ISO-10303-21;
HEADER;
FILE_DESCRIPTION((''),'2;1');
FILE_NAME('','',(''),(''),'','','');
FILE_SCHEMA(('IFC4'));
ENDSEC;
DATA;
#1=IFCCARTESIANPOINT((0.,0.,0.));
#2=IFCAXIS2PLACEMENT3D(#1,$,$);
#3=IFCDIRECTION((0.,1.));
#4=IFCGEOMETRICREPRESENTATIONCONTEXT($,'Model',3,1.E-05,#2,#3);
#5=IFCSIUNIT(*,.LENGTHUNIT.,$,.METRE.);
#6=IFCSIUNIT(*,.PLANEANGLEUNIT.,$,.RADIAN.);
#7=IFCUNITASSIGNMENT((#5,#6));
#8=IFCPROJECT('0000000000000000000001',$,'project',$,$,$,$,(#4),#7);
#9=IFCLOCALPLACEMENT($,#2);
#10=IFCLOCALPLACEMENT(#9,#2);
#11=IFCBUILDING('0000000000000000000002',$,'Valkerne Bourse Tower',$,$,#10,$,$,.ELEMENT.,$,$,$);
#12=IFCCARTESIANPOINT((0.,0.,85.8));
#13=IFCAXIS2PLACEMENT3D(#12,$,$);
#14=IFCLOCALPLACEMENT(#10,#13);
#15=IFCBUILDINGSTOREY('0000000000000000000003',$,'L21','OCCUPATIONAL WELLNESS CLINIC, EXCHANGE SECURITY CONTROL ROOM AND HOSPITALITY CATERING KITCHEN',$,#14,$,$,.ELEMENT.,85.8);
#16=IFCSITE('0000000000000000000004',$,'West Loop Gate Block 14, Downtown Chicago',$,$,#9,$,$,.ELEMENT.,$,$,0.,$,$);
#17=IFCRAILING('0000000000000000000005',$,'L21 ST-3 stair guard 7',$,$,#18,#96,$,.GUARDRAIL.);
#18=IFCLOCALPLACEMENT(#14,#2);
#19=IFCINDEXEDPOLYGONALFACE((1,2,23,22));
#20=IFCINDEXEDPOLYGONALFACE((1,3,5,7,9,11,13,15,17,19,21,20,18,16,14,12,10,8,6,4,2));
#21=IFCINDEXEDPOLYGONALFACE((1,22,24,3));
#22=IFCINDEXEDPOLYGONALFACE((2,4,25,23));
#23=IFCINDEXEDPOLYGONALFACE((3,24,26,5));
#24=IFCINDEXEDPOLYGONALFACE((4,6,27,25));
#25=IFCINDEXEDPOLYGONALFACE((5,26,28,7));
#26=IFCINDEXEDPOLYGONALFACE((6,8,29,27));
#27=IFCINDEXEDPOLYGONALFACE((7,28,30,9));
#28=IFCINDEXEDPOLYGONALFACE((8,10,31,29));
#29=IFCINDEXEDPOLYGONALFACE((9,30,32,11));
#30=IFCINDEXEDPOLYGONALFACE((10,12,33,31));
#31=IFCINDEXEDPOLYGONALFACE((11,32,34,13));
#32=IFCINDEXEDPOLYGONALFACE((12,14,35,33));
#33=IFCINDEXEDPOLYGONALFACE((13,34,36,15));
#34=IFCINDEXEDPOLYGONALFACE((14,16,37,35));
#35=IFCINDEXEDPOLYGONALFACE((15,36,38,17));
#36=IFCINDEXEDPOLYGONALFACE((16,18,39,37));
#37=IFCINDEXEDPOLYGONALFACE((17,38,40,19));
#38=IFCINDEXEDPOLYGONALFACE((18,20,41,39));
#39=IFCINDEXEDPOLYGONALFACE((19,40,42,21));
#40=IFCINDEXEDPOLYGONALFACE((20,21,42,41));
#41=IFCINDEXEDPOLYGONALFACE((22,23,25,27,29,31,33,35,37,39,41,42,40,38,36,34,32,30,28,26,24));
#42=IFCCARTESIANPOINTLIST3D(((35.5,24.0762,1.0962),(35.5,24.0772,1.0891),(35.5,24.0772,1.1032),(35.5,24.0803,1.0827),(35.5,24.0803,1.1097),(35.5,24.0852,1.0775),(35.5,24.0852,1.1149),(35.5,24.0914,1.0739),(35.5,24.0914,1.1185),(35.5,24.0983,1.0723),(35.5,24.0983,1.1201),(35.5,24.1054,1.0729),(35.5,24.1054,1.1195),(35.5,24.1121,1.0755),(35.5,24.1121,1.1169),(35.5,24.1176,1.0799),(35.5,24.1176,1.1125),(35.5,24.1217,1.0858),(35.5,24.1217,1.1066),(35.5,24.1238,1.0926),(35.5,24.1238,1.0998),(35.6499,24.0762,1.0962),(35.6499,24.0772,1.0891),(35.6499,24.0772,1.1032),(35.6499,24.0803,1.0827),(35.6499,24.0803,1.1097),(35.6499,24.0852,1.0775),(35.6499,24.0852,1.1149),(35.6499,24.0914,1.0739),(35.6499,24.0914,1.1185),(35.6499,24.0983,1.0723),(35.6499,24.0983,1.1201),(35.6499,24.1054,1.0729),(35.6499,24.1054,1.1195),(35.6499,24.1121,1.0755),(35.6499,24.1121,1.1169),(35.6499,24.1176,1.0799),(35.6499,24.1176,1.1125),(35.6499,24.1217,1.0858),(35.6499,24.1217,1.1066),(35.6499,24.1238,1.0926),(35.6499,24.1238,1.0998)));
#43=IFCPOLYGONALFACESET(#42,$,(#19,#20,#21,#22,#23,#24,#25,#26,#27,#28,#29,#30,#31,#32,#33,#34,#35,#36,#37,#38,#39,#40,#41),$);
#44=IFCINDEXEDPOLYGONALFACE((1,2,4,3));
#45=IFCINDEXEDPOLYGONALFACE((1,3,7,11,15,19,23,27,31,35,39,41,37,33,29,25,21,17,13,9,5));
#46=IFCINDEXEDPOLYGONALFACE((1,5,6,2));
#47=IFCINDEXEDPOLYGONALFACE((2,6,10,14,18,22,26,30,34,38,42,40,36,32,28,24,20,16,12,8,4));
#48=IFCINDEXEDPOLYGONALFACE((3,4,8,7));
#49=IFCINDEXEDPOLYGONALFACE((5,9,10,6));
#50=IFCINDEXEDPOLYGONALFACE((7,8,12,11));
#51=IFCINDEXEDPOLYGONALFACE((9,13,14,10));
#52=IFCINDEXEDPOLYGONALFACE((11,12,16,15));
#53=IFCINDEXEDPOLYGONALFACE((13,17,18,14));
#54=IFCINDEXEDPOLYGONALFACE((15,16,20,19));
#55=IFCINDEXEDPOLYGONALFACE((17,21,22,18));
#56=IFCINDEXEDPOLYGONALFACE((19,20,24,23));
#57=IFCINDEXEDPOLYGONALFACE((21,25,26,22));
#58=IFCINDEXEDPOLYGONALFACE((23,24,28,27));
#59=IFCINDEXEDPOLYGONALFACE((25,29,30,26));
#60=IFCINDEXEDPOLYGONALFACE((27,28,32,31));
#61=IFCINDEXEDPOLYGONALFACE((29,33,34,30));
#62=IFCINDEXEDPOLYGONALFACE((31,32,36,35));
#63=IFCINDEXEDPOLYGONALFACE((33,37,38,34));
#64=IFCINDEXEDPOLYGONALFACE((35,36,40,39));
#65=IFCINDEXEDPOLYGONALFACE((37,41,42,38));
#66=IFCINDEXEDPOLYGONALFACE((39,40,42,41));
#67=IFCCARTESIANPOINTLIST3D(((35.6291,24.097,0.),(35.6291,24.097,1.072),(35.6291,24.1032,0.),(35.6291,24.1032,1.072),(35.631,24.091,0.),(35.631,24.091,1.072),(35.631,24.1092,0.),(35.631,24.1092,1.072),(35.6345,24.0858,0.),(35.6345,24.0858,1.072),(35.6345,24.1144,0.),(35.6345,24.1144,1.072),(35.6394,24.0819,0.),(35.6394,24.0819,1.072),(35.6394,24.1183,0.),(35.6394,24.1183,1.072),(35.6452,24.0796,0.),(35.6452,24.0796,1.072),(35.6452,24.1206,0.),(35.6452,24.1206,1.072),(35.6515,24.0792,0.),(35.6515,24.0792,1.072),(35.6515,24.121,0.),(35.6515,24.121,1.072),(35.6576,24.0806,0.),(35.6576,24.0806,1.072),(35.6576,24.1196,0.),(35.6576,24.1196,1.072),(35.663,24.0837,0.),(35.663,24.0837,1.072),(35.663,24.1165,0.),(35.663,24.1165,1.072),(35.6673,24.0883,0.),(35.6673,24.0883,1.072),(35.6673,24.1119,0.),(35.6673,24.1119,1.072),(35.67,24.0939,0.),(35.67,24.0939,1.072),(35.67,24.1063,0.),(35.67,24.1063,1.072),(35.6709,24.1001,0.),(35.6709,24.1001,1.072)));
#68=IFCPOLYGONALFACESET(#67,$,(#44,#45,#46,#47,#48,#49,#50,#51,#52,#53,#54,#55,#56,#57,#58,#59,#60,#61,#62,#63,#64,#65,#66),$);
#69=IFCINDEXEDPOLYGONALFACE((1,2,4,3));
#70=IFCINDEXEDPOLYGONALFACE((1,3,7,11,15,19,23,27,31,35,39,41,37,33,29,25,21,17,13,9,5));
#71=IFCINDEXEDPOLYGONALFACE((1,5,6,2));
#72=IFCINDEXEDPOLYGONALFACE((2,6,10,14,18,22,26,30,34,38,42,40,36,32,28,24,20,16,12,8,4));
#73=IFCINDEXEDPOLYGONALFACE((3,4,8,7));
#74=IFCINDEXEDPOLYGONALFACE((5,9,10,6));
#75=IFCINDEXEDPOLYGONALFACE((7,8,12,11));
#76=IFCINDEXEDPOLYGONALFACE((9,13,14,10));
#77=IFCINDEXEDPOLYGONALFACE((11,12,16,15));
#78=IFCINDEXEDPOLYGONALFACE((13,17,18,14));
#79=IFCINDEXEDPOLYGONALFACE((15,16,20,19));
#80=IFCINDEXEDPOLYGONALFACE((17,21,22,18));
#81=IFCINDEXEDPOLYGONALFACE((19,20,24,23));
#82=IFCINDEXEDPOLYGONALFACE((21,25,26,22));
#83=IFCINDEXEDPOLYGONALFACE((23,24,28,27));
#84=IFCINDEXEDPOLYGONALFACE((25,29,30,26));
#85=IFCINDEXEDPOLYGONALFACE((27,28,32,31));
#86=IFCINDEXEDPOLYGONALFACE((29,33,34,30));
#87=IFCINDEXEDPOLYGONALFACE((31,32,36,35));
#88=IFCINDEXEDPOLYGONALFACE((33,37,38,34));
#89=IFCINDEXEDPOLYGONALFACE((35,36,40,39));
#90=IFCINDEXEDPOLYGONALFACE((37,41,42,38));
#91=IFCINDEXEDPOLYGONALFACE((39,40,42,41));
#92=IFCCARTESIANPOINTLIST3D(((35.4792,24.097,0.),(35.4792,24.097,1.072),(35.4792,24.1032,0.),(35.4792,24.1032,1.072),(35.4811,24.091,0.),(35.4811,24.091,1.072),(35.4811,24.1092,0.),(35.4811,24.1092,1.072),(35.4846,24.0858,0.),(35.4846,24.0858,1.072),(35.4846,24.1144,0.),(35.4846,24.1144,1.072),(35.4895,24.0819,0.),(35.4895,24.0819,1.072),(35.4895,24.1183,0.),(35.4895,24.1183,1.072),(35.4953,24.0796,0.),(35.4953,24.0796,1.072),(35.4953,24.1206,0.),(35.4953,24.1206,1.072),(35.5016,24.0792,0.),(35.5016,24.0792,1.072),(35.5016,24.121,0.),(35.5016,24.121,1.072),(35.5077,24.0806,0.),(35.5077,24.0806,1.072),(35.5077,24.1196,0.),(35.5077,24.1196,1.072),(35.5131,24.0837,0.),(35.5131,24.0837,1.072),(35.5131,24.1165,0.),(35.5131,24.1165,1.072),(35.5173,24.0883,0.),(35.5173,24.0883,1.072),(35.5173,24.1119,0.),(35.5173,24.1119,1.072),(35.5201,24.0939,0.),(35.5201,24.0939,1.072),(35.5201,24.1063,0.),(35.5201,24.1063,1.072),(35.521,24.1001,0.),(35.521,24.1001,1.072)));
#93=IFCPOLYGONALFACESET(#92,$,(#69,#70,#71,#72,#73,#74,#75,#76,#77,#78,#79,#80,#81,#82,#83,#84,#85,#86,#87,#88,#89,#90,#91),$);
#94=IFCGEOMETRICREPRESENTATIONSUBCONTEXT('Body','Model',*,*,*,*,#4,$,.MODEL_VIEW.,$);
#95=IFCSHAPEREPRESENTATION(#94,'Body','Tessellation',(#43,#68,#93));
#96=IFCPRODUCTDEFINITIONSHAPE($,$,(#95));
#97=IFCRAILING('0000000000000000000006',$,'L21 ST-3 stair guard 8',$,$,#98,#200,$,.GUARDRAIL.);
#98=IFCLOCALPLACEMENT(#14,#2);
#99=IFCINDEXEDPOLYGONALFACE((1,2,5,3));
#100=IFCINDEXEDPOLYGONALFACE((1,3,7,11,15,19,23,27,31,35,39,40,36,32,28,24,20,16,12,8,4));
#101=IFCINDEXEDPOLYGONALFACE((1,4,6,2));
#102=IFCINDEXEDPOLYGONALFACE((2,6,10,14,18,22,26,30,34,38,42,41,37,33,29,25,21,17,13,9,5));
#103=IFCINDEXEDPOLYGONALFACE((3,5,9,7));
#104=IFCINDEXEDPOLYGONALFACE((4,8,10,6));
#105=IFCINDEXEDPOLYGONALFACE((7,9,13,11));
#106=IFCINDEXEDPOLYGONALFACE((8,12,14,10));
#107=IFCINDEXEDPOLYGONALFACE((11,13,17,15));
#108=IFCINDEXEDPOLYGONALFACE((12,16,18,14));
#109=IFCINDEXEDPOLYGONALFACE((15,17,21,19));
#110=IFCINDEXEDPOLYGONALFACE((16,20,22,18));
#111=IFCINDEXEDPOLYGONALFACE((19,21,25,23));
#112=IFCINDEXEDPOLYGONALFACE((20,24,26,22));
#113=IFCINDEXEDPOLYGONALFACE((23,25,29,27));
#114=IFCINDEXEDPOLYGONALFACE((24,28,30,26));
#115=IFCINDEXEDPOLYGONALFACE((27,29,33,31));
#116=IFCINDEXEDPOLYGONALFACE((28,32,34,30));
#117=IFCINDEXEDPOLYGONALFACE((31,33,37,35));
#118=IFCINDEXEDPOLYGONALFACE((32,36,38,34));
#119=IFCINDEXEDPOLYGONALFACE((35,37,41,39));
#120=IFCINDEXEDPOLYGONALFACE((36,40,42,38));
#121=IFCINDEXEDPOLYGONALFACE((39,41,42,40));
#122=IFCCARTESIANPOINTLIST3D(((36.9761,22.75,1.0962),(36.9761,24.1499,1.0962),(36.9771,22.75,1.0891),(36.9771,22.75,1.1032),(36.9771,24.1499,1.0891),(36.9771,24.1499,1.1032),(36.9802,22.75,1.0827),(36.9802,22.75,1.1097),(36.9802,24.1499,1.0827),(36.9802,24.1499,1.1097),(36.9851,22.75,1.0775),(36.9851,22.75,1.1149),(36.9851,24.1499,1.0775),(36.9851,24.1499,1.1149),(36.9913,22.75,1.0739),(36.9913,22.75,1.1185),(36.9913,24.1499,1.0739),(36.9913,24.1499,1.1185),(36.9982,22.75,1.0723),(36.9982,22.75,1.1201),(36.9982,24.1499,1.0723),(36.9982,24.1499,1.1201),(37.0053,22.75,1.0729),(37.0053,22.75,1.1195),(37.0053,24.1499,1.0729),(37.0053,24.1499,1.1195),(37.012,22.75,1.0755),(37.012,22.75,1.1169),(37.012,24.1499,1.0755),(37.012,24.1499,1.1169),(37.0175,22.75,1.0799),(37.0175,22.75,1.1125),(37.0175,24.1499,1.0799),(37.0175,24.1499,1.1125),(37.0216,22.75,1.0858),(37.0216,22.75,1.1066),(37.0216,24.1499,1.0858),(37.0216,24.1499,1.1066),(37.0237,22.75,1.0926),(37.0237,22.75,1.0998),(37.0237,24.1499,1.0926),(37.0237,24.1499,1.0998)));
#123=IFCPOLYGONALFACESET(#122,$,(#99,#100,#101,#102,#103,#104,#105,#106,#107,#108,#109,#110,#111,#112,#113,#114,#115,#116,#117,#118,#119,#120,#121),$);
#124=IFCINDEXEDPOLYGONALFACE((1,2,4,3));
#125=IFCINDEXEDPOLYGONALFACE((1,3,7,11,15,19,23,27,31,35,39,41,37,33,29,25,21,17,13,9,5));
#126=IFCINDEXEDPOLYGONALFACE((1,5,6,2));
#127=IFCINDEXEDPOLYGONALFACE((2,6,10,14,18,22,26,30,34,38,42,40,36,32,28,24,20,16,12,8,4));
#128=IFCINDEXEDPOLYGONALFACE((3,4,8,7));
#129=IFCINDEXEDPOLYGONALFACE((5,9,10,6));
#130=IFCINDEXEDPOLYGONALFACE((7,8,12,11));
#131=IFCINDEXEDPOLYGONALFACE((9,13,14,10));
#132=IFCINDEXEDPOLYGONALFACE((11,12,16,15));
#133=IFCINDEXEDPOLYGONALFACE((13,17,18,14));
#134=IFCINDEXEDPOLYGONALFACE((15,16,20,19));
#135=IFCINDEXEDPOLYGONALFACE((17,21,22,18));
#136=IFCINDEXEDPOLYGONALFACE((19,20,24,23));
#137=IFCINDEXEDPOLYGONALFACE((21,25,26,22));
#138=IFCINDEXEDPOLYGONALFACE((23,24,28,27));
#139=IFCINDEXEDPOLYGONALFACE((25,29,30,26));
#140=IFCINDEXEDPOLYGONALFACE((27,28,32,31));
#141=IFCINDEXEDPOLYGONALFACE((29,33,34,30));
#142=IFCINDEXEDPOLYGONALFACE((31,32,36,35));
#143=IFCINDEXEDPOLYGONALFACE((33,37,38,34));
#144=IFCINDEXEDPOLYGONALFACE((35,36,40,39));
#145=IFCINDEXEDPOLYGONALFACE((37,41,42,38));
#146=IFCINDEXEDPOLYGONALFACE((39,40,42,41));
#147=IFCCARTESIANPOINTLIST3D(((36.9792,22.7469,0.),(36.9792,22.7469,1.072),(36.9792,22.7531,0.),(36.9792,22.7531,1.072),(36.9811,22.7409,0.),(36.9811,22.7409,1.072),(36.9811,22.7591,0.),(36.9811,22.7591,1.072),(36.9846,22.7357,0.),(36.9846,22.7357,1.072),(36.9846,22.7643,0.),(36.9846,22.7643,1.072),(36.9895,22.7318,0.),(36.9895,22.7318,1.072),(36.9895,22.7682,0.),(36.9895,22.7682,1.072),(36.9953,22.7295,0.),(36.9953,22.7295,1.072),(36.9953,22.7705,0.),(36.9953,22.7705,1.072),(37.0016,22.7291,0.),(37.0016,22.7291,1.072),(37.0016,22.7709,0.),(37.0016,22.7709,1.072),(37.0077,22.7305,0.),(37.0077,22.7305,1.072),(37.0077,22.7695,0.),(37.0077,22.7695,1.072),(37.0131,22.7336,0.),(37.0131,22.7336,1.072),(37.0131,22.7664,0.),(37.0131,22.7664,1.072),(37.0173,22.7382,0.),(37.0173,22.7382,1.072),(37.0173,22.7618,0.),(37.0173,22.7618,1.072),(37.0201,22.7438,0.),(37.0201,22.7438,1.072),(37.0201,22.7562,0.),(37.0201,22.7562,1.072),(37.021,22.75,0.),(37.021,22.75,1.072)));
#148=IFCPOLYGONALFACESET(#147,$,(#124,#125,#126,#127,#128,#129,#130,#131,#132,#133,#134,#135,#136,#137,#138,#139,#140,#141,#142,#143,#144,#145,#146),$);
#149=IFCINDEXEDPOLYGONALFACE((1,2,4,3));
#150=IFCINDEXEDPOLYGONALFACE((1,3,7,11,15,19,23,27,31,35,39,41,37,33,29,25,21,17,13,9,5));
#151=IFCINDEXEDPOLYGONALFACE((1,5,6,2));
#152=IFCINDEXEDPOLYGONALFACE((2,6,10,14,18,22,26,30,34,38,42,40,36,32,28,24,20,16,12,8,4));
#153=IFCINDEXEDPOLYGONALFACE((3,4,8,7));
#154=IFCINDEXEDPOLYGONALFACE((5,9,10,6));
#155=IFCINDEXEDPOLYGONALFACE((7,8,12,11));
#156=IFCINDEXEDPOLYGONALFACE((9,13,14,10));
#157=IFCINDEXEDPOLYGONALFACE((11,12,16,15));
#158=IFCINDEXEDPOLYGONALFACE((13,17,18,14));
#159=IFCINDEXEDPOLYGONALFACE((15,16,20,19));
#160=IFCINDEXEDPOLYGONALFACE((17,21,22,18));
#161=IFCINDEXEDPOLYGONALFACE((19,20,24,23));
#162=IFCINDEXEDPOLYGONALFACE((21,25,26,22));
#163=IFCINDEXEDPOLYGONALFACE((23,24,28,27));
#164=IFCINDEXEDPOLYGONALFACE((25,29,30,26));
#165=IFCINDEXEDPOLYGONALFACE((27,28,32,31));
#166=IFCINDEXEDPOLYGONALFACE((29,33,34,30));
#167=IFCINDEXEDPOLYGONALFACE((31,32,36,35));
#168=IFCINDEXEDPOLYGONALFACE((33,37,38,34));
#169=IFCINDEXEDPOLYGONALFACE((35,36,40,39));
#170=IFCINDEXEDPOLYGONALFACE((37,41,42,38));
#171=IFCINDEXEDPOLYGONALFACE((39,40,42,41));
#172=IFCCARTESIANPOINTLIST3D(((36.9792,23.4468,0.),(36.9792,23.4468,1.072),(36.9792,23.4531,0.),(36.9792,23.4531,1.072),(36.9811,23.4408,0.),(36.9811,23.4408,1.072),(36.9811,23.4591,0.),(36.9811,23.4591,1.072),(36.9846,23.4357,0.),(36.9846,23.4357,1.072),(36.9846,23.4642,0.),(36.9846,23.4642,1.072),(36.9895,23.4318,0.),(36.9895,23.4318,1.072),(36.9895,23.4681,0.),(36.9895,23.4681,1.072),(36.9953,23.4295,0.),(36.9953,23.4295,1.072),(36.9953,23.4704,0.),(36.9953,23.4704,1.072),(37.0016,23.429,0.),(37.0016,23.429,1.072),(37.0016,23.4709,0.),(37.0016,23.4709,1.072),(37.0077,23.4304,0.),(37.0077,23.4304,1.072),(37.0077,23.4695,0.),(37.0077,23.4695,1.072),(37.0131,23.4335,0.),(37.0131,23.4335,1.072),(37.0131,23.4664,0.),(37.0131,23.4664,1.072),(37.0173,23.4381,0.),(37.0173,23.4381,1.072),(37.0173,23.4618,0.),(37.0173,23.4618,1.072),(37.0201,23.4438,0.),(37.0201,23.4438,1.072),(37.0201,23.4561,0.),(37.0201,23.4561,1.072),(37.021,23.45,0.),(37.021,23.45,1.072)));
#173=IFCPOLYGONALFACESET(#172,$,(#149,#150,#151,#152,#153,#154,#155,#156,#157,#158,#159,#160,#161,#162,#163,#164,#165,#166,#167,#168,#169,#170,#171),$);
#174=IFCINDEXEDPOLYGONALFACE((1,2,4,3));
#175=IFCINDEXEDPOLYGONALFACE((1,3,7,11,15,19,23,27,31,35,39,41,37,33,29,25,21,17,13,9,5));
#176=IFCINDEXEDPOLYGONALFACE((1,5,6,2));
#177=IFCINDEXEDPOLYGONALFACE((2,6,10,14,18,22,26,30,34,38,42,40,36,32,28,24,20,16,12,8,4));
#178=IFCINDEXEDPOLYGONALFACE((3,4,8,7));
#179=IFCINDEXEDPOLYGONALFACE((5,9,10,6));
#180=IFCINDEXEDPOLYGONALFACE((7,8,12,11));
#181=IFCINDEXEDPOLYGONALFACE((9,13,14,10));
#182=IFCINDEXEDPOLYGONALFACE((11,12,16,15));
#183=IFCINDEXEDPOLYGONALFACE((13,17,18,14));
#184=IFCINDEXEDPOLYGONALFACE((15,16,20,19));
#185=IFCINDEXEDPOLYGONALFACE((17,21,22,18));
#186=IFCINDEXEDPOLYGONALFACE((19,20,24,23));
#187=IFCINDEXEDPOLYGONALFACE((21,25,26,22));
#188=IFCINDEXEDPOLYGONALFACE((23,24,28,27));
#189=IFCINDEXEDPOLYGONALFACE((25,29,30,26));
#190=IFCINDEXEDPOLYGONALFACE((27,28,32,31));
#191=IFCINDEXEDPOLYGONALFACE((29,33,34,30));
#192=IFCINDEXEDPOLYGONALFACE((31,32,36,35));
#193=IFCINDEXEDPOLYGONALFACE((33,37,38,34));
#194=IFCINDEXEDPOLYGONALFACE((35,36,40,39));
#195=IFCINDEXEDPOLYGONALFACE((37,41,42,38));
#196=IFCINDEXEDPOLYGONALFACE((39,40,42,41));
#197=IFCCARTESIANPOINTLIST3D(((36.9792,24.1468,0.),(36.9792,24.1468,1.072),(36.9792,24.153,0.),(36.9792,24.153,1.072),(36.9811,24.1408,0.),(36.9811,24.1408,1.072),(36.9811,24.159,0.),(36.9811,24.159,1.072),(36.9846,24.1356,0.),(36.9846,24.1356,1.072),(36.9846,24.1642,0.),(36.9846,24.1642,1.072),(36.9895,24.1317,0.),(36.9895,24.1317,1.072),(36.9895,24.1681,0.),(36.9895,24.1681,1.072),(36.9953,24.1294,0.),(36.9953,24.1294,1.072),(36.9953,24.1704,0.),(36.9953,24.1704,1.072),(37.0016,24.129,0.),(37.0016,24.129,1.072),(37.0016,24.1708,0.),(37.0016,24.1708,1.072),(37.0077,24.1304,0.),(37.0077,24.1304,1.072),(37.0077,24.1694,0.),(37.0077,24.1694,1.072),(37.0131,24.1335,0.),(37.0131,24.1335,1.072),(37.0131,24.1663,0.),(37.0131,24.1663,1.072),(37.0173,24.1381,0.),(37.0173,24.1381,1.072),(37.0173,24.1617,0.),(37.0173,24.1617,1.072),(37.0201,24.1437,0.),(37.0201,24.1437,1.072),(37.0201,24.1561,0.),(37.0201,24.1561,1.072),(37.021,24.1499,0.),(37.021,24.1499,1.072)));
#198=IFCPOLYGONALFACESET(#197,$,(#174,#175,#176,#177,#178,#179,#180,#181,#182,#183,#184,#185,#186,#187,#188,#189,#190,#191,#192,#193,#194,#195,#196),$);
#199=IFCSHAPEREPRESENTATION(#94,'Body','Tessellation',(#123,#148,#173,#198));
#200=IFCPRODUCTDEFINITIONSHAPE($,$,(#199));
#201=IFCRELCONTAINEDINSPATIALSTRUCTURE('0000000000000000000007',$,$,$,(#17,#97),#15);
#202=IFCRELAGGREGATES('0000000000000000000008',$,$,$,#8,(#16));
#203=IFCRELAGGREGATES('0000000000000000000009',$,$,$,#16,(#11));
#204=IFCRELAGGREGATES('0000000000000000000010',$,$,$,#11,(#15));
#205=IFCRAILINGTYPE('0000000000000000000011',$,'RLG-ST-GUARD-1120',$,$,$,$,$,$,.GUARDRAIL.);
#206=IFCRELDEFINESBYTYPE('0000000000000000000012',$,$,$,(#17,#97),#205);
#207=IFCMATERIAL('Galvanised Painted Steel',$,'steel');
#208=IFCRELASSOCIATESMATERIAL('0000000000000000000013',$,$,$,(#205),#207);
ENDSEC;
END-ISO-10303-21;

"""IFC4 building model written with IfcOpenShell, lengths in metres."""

from ifc_helpers import new_model, si_unit, direction, frame, origin, origin_2d, place, context, subcontext, project, spatial, circle, extrude, material, type_object, element, save


model = new_model("IFC4")

# Units and contexts
model_context = context("Model", 3, precision=1e-05, world=origin(), true_north=direction((0.0, 1.0)))
body_context = subcontext(model_context, "Body", "Model", "MODEL_VIEW")
ifc_project = project(units=[si_unit("LENGTHUNIT", "METRE"), si_unit("PLANEANGLEUNIT", "RADIAN")], contexts=[model_context])

# Site, building, storey
site_placement = place(None, origin())
site = spatial("IfcSite", under=ifc_project, at=site_placement, Name="West Loop Gate Block 14, Downtown Chicago", CompositionType="ELEMENT", RefElevation=0.0)
building_placement = place(site_placement, origin())
building = spatial("IfcBuilding", under=site, at=building_placement, Name="Valkerne Bourse Tower", CompositionType="ELEMENT")
storey_placement = place(building_placement, frame((0.0, 0.0, 85.8)))
storey = spatial("IfcBuildingStorey", under=building, at=storey_placement, Name="L21", Description="OCCUPATIONAL WELLNESS CLINIC, EXCHANGE SECURITY CONTROL ROOM AND HOSPITALITY CATERING KITCHEN", CompositionType="ELEMENT", Elevation=85.8)

# Shared definitions
ifc_material_1 = material(Name="Galvanised Painted Steel", Category="steel")

# Railings
railing_type_1 = type_object("IfcRailingType", Name="RLG-ST-GUARD-1120", PredefinedType="GUARDRAIL", material=ifc_material_1)
railing_1_placement = place(storey_placement, frame((35.6499, 24.1001, 0.0)))
element("IfcRailing", 1, at=railing_1_placement, inside=storey, type_object=railing_type_1, Name="L21 ST-3 stair guard 7", PredefinedType="GUARDRAIL", context=body_context, shape_type="SweptSolid", body=[
    extrude(circle(Radius=0.0239, at=origin_2d()), frame((0.0, 0.0, 1.0962), z_axis=(-1.0, 0.0, 0.0), x_axis=(0.0, -1.0, 0.0)), (0.0, 0.0, 1.0), 0.1499),
    extrude(circle(Radius=0.021, at=origin_2d()), origin(), (0.0, 0.0, 1.0), 1.072),
    extrude(circle(Radius=0.021, at=origin_2d()), frame((-0.1499, 0.0, 0.0)), (0.0, 0.0, 1.0), 1.072),
])
for number, where, name in (
    (2, (37.0, 22.75, 0.0), "L21 ST-3 stair guard 8"),
):
    element("IfcRailing", number, at=place(storey_placement, frame(where)), inside=storey, type_object=railing_type_1, Name=name, PredefinedType="GUARDRAIL", context=body_context, shape_type="SweptSolid", body=[
        extrude(circle(Radius=0.0239, at=origin_2d()), frame((0.0, 0.0, 1.0962), z_axis=(0.0, 1.0, 0.0), x_axis=(-1.0, 0.0, 0.0)), (0.0, 0.0, 1.0), 1.3999),
        extrude(circle(Radius=0.021, at=origin_2d()), origin(), (0.0, 0.0, 1.0), 1.072),
        extrude(circle(Radius=0.021, at=origin_2d()), frame((0.0, 0.7, 0.0)), (0.0, 0.0, 1.0), 1.072),
        extrude(circle(Radius=0.021, at=origin_2d()), frame((0.0, 1.3999, 0.0)), (0.0, 0.0, 1.0), 1.072),
    ])

save(model, "model.ifc")
